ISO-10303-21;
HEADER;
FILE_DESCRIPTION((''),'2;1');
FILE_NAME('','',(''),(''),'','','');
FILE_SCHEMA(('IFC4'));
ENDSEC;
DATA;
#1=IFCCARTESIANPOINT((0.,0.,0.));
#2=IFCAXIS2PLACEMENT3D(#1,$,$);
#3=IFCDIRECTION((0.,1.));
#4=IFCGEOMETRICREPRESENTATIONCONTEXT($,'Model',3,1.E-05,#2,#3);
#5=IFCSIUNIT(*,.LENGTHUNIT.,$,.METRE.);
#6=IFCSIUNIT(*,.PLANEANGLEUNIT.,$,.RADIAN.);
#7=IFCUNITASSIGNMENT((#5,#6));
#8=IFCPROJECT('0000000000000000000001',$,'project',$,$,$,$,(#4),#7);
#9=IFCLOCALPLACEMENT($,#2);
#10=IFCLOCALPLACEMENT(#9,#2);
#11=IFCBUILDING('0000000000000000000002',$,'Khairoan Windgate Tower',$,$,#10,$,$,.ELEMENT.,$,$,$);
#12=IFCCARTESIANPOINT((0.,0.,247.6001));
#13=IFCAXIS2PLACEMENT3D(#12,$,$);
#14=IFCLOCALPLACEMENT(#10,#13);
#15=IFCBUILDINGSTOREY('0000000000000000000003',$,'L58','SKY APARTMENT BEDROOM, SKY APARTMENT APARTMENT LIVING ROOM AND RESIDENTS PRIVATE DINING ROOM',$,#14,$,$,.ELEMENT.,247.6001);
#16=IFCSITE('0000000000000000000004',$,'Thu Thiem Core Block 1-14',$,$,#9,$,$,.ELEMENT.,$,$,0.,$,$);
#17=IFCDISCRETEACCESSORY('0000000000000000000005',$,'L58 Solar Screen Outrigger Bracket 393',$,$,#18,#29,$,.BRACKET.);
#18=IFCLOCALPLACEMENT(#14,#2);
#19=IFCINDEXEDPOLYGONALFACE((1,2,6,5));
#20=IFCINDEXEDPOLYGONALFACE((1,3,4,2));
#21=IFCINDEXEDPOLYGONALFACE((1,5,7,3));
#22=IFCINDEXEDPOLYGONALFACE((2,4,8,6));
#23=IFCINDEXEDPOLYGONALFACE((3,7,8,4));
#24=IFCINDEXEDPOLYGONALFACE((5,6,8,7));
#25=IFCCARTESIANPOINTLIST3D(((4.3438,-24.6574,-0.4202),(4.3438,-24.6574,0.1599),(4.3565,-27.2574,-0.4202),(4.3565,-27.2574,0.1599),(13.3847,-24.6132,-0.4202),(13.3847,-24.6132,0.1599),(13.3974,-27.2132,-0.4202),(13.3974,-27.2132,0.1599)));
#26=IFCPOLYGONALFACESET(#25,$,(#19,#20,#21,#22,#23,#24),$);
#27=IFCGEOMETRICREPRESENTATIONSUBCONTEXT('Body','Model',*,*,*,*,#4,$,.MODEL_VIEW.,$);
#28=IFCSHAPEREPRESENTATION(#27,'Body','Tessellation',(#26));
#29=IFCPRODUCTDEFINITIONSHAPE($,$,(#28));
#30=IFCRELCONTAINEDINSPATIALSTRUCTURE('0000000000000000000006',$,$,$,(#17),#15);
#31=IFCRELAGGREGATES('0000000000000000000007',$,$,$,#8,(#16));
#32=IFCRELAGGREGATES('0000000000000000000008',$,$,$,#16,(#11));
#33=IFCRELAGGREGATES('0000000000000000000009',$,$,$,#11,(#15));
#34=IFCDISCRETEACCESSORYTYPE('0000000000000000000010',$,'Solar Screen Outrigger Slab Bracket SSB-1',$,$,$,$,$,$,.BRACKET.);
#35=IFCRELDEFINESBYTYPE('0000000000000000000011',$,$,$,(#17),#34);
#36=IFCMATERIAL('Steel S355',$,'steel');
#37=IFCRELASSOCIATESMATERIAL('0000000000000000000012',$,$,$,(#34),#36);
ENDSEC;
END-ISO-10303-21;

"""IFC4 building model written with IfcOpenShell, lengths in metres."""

from ifc_helpers import new_model, si_unit, direction, frame, origin, origin_2d, place, context, subcontext, project, spatial, rectangle, extrude, material, type_object, element, save


model = new_model("IFC4")

# Units and contexts
model_context = context("Model", 3, precision=1e-05, world=origin(), true_north=direction((0.0, 1.0)))
body_context = subcontext(model_context, "Body", "Model", "MODEL_VIEW")
ifc_project = project(units=[si_unit("LENGTHUNIT", "METRE"), si_unit("PLANEANGLEUNIT", "RADIAN")], contexts=[model_context])

# Site, building, storey
site_placement = place(None, origin())
site = spatial("IfcSite", under=ifc_project, at=site_placement, Name="Thu Thiem Core Block 1-14", CompositionType="ELEMENT", RefElevation=0.0)
building_placement = place(site_placement, origin())
building = spatial("IfcBuilding", under=site, at=building_placement, Name="Khairoan Windgate Tower", CompositionType="ELEMENT")
storey_placement = place(building_placement, frame((0.0, 0.0, 247.6001)))
storey = spatial("IfcBuildingStorey", under=building, at=storey_placement, Name="L58", Description="SKY APARTMENT BEDROOM, SKY APARTMENT APARTMENT LIVING ROOM AND RESIDENTS PRIVATE DINING ROOM", CompositionType="ELEMENT", Elevation=247.6001)

# Discrete accessory
ifc_material_1 = material(Name="Steel S355", Category="steel")
discrete_accessory_type = type_object("IfcDiscreteAccessoryType", Name="Solar Screen Outrigger Slab Bracket SSB-1", PredefinedType="BRACKET", material=ifc_material_1)
discrete_accessory_placement = place(storey_placement, frame((8.8706, -25.9353, -0.4202), z_axis=(0.0, 0.0, 1.0), x_axis=(-0.999988, -0.004887, 0.0)))
element("IfcDiscreteAccessory", 1, at=discrete_accessory_placement, inside=storey, type_object=discrete_accessory_type, Name="L58 Solar Screen Outrigger Bracket 393", PredefinedType="BRACKET", context=body_context, shape_type="SweptSolid", body=[
    extrude(rectangle(XDim=9.041, YDim=2.6001, at=origin_2d()), origin(), (0.0, 0.0, 1.0), 0.5801),
])

save(model, "model.ifc")
